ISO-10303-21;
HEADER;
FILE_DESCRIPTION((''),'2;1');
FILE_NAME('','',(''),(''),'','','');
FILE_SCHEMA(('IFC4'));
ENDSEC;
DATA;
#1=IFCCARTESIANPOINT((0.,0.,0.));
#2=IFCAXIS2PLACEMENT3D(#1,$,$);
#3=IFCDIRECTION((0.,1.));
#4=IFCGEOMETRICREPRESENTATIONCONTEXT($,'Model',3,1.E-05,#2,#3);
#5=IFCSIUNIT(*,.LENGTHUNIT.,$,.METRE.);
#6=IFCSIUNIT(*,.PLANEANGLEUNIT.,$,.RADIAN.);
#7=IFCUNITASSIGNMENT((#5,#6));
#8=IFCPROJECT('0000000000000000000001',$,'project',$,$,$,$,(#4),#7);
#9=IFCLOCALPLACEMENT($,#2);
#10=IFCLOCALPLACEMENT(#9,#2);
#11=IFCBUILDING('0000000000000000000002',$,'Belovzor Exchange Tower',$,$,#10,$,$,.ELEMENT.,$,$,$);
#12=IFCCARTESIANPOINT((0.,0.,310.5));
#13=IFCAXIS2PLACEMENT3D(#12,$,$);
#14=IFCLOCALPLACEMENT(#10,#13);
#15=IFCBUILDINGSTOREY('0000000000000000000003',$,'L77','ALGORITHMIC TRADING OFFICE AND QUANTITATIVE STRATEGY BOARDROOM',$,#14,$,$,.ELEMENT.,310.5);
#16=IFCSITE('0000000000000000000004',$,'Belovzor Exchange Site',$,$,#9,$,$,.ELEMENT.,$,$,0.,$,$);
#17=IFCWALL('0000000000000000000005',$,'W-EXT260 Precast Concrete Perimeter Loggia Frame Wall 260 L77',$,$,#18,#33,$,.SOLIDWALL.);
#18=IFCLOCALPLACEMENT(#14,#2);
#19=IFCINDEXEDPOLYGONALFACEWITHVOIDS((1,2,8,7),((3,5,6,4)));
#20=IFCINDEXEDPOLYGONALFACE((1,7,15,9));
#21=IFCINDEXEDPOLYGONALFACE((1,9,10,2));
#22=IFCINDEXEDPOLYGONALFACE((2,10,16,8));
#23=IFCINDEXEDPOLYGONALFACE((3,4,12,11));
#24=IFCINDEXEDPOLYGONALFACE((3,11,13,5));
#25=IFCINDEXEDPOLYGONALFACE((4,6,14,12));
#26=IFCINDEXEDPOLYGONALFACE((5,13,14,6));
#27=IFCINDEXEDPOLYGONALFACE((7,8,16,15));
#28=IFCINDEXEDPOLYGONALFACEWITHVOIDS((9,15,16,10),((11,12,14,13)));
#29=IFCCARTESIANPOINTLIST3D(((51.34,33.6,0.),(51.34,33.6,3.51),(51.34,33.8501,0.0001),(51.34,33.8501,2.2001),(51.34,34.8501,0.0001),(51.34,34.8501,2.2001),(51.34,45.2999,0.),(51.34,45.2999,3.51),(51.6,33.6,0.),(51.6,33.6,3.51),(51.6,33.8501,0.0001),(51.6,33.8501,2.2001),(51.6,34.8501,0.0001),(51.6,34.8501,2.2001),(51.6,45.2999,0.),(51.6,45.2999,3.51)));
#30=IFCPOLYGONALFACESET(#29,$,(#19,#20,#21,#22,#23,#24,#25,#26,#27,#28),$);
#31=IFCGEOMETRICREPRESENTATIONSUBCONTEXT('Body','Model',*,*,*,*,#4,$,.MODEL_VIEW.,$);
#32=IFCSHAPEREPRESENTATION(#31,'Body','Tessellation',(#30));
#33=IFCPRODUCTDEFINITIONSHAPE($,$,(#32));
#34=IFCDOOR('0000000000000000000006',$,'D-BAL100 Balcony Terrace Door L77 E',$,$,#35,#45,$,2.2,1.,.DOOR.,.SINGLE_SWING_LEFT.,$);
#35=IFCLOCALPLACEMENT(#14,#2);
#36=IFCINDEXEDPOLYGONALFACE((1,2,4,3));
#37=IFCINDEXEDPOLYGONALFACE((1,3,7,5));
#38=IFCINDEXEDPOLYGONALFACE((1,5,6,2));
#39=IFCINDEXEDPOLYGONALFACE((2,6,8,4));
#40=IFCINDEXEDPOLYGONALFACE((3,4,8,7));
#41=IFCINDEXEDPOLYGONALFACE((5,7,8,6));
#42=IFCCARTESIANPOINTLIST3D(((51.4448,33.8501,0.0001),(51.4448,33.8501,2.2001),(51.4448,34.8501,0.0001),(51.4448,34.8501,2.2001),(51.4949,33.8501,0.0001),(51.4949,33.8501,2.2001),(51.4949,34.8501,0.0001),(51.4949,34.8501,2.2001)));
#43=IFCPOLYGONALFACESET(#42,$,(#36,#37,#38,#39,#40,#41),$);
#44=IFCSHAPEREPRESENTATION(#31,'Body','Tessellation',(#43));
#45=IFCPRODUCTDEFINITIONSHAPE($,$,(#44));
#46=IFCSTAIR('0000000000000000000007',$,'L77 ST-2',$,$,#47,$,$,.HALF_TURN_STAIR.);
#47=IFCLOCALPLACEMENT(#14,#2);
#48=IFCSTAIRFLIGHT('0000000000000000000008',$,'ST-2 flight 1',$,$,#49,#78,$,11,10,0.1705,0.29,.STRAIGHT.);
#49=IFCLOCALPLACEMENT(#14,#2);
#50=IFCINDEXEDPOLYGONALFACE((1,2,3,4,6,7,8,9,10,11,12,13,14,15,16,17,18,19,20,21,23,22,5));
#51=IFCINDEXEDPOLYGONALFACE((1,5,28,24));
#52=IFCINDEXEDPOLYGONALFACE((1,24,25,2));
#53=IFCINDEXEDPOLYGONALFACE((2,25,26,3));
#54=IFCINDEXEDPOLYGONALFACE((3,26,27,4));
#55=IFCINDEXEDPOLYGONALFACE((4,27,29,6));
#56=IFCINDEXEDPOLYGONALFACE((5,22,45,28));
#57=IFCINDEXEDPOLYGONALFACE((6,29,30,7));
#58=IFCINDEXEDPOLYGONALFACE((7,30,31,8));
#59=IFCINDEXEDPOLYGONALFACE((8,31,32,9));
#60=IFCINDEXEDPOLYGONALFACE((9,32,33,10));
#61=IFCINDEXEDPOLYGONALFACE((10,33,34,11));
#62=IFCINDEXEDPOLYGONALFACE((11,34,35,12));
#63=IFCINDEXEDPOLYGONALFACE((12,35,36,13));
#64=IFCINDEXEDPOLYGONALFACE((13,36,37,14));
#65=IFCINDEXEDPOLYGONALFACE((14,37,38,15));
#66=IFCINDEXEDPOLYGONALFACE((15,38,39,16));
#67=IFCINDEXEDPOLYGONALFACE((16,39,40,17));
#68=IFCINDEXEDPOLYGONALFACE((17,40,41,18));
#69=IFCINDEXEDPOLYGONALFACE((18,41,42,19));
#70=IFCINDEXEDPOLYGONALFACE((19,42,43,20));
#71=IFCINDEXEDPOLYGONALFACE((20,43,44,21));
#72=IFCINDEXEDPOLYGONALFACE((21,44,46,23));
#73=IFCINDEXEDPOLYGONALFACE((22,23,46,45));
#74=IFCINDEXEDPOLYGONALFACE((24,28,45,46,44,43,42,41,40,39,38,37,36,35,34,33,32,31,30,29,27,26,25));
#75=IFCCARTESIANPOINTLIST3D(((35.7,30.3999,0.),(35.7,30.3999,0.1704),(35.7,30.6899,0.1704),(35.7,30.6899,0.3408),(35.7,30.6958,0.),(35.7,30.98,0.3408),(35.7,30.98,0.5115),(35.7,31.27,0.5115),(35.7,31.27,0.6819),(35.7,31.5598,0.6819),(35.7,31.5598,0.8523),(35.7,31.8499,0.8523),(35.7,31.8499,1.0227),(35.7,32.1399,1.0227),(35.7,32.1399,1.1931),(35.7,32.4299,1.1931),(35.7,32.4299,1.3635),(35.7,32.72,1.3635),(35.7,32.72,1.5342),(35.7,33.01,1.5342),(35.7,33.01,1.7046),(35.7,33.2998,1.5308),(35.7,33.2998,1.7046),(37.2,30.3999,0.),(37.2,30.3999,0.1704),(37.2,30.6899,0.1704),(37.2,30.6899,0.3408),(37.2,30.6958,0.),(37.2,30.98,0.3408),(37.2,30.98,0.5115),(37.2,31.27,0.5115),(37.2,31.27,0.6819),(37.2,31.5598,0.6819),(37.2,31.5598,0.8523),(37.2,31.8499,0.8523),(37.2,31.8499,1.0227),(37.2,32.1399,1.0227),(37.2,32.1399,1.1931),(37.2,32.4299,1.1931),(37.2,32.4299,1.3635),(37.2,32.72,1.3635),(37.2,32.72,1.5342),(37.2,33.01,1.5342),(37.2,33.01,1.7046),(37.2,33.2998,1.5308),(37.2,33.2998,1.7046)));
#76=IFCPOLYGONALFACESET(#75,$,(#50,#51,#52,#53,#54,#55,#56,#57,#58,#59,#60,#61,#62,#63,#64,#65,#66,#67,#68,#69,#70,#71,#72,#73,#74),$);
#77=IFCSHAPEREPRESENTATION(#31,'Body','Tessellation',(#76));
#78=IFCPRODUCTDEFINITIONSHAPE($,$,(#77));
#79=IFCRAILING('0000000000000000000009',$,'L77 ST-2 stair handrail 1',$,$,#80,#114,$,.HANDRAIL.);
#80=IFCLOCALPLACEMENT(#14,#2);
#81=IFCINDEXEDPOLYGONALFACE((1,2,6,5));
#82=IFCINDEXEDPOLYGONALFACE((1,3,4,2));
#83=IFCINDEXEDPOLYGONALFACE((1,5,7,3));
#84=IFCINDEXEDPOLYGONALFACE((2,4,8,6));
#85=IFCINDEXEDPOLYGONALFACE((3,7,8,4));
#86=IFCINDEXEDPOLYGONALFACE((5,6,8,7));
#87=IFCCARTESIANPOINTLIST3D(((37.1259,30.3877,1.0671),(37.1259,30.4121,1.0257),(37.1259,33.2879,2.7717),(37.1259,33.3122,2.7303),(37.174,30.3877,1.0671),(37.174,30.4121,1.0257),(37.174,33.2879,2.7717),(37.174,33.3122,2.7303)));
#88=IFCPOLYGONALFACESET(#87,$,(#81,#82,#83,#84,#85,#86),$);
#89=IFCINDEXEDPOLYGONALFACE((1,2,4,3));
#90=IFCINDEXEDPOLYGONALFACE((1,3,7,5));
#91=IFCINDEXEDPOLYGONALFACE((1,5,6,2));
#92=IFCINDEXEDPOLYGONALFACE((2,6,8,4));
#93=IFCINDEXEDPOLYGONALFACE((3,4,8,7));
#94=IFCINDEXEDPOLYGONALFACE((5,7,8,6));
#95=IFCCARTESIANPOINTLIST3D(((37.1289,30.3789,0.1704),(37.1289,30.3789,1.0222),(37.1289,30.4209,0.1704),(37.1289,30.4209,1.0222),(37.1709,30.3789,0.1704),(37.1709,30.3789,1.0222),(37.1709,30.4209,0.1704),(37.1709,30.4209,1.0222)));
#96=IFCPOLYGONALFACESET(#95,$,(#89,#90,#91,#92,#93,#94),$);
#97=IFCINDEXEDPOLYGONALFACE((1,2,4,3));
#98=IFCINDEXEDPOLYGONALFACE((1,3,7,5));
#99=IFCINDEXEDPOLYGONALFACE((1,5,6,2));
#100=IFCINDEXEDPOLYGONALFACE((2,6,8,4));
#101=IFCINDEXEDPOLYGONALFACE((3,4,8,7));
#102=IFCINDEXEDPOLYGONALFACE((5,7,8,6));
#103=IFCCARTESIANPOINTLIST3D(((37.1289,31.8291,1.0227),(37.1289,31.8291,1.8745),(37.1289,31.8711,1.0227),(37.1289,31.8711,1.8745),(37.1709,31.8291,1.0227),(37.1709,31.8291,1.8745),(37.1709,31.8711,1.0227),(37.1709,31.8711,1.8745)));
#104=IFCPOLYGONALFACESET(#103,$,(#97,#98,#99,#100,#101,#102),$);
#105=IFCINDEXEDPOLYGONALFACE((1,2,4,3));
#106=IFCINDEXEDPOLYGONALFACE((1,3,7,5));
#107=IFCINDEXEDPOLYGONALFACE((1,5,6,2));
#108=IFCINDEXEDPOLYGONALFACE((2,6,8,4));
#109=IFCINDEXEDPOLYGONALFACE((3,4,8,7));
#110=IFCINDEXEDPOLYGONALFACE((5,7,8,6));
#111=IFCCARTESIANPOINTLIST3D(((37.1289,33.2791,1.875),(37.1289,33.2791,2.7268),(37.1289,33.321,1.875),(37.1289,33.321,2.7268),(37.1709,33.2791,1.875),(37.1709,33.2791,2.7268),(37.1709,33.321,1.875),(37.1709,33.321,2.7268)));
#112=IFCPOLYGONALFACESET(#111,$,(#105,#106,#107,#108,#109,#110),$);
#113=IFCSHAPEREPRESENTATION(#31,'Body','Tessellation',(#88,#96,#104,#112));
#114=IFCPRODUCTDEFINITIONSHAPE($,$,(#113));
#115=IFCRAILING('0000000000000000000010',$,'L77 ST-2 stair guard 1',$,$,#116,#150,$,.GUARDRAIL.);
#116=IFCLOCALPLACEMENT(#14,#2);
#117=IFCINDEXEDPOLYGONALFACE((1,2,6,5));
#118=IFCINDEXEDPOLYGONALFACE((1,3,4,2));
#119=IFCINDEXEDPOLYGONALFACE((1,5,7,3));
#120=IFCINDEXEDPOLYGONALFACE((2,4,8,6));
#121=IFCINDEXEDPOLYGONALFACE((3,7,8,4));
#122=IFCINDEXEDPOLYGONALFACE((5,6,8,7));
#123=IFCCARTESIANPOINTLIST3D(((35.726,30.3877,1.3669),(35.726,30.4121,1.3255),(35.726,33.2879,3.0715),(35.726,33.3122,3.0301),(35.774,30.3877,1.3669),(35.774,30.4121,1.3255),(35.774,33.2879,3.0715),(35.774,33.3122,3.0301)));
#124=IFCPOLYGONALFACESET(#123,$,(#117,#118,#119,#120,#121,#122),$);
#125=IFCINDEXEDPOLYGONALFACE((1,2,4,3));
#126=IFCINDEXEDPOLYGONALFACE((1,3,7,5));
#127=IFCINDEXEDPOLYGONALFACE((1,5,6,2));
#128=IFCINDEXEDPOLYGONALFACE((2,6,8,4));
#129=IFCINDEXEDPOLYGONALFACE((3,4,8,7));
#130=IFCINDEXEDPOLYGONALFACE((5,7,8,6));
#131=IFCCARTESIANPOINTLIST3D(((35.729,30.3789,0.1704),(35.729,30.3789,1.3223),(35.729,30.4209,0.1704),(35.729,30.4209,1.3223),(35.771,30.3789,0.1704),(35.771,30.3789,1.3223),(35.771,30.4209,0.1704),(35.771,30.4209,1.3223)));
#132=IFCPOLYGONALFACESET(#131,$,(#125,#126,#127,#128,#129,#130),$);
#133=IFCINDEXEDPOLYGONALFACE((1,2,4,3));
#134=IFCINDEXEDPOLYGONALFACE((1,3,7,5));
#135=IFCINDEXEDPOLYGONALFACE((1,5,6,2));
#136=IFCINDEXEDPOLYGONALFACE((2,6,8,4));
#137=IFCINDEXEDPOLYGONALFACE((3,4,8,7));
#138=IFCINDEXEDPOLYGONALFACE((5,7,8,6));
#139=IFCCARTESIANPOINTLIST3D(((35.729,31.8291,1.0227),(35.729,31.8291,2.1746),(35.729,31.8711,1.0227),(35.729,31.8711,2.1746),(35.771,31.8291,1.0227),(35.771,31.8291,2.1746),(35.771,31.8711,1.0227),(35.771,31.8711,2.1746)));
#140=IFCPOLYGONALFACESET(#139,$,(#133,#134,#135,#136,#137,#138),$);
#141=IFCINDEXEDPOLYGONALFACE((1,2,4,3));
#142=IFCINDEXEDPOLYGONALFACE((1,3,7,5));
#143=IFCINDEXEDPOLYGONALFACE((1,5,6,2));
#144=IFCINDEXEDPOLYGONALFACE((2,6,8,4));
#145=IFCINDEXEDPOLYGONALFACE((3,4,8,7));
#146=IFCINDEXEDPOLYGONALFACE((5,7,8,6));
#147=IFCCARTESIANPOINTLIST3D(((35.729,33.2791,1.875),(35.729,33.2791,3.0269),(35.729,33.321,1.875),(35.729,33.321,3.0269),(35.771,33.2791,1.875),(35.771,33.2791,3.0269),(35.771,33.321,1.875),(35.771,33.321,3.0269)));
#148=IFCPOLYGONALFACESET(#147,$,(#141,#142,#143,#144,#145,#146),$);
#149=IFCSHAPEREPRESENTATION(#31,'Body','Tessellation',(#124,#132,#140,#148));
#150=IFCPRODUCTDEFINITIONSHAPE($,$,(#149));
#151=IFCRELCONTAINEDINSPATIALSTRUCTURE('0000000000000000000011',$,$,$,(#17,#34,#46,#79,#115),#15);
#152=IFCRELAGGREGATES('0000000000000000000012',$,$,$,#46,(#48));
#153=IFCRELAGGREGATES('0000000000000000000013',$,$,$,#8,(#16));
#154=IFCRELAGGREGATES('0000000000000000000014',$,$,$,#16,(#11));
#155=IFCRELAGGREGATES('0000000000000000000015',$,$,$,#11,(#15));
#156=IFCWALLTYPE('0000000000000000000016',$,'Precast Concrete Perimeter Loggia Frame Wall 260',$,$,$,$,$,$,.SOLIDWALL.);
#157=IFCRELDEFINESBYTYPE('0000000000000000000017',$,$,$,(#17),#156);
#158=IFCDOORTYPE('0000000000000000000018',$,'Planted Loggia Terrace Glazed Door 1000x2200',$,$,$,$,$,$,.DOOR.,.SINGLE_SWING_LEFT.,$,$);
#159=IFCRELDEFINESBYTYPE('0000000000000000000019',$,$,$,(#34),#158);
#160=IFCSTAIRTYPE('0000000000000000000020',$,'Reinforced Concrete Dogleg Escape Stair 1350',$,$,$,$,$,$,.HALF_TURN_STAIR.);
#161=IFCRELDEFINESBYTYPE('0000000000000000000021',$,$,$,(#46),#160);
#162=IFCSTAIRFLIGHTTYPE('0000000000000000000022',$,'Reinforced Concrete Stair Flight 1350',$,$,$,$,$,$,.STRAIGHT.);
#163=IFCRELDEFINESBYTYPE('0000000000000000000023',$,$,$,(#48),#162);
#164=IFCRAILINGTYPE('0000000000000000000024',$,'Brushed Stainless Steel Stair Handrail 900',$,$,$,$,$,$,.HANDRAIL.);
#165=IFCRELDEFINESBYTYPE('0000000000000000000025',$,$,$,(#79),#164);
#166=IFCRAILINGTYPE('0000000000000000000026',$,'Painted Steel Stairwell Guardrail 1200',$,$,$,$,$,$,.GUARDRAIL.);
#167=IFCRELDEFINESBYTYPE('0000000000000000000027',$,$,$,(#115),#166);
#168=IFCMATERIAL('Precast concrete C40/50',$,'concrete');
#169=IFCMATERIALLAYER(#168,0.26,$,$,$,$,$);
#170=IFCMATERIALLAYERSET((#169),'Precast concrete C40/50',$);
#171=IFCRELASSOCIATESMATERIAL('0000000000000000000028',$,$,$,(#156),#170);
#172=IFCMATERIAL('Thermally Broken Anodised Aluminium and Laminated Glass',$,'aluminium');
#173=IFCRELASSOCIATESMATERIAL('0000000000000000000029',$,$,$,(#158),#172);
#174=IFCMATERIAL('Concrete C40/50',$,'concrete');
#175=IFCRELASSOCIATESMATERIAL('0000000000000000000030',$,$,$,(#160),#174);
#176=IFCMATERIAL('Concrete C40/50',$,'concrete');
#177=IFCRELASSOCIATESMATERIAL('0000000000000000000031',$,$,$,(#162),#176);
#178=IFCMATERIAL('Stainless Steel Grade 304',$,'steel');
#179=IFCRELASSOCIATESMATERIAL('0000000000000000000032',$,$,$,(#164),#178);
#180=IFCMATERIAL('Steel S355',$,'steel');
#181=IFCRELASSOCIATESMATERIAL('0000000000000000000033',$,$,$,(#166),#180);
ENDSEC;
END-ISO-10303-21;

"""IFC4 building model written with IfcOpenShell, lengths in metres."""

from ifc_helpers import new_model, si_unit, direction, frame, frame_2d, origin, origin_2d, place, context, subcontext, project, spatial, polyline, rectangle, outline, extrude, material, layer, layer_set, type_object, element, fill, aggregate, save


model = new_model("IFC4")

# Units and contexts
model_context = context("Model", 3, precision=1e-05, world=origin(), true_north=direction((0.0, 1.0)))
body_context = subcontext(model_context, "Body", "Model", "MODEL_VIEW")
ifc_project = project(units=[si_unit("LENGTHUNIT", "METRE"), si_unit("PLANEANGLEUNIT", "RADIAN")], contexts=[model_context])

# Site, building, storey
site_placement = place(None, origin())
site = spatial("IfcSite", under=ifc_project, at=site_placement, Name="Belovzor Exchange Site", CompositionType="ELEMENT", RefElevation=0.0)
building_placement = place(site_placement, origin())
building = spatial("IfcBuilding", under=site, at=building_placement, Name="Belovzor Exchange Tower", CompositionType="ELEMENT")
storey_placement = place(building_placement, frame((0.0, 0.0, 310.5)))
storey = spatial("IfcBuildingStorey", under=building, at=storey_placement, Name="L77", Description="ALGORITHMIC TRADING OFFICE AND QUANTITATIVE STRATEGY BOARDROOM", CompositionType="ELEMENT", Elevation=310.5)

# Wall, opening, door
ifc_material_1 = material(Name="Precast concrete C40/50", Category="concrete")
ifc_layer_1 = layer(ifc_material_1, 0.26)
ifc_layer_set_1 = layer_set([ifc_layer_1], Name="Precast concrete C40/50")
wall_type_1 = type_object("IfcWallType", Name="Precast Concrete Perimeter Loggia Frame Wall 260", PredefinedType="SOLIDWALL", material=ifc_layer_set_1)
wall_1_placement = place(storey_placement, frame((51.47, 45.3, 0.0), z_axis=(0.0, 0.0, 1.0), x_axis=(0.0, -1.0, 0.0)))
wall_1 = element("IfcWall", 1, at=wall_1_placement, inside=storey, type_object=wall_type_1, Name="W-EXT260 Precast Concrete Perimeter Loggia Frame Wall 260 L77", PredefinedType="SOLIDWALL", context=body_context, shape_type="SweptSolid", body=[
    extrude(rectangle(XDim=11.7, YDim=0.26, at=frame_2d((5.8501, 0.0))), origin(), (0.0, 0.0, 1.0), 3.51),
])
opening_1_placement = place(wall_1_placement, frame((10.45, 0.0, 0.0)))
opening_1 = element("IfcOpeningElement", 2, at=opening_1_placement, cuts=wall_1, PredefinedType="OPENING", context=body_context, shape_type="SweptSolid", body=[
    extrude(rectangle(XDim=1.0, YDim=2.2, at=frame_2d((0.5, 1.1001))), frame((0.0, 0.1399, 0.0), z_axis=(0.0, -1.0, 0.0), x_axis=(1.0, 0.0, 0.0)), (0.0, 0.0, 1.0), 0.28),
])
ifc_material_2 = material(Name="Thermally Broken Anodised Aluminium and Laminated Glass", Category="aluminium")
door_type = type_object("IfcDoorType", Name="Planted Loggia Terrace Glazed Door 1000x2200", OperationType="SINGLE_SWING_LEFT", PredefinedType="DOOR", material=ifc_material_2)
door_placement = place(opening_1_placement, origin())
door = element("IfcDoor", 3, at=door_placement, inside=storey, type_object=door_type, Name="D-BAL100 Balcony Terrace Door L77 E", OperationType="SINGLE_SWING_LEFT", OverallHeight=2.2, OverallWidth=1.0, PredefinedType="DOOR", context=body_context, shape_type="SweptSolid", body=[
    extrude(rectangle(XDim=1.0, YDim=2.2, at=frame_2d((0.5, 1.1001))), frame((0.0, 0.0249, 0.0), z_axis=(0.0, -1.0, 0.0), x_axis=(1.0, 0.0, 0.0)), (0.0, 0.0, 1.0), 0.05),
])
fill(opening_1, door)

# Stair, stair flight
ifc_material_3 = material(Name="Concrete C40/50", Category="concrete")
stair_type = type_object("IfcStairType", Name="Reinforced Concrete Dogleg Escape Stair 1350", PredefinedType="HALF_TURN_STAIR", material=ifc_material_3)
stair_placement = place(storey_placement, origin())
stair = element("IfcStair", 4, at=stair_placement, inside=storey, type_object=stair_type, Name="L77 ST-2", PredefinedType="HALF_TURN_STAIR")
ifc_material_4 = material(Name="Concrete C40/50", Category="concrete")
stair_flight_type = type_object("IfcStairFlightType", Name="Reinforced Concrete Stair Flight 1350", PredefinedType="STRAIGHT", material=ifc_material_4)
stair_flight_placement = place(storey_placement, frame((36.45, 30.3999, 0.0), z_axis=(0.0, 0.0, 1.0), x_axis=(0.0, 1.0, 0.0)))
stair_flight = element("IfcStairFlight", 5, at=stair_flight_placement, type_object=stair_flight_type, Name="ST-2 flight 1", NumberOfRisers=11, NumberOfTreads=10, PredefinedType="STRAIGHT", RiserHeight=0.1705, TreadLength=0.29, context=body_context, shape_type="SweptSolid", body=[
    extrude(outline(polyline([(0.0, 0.0), (0.0, 0.1704), (0.29, 0.1704), (0.29, 0.3408), (0.5801, 0.3408), (0.5801, 0.5115), (0.8701, 0.5115), (0.8701, 0.6819), (1.1599, 0.6819), (1.1599, 0.8523), (1.45, 0.8523), (1.45, 1.0227), (1.74, 1.0227), (1.74, 1.1931), (2.03, 1.1931), (2.03, 1.3635), (2.3201, 1.3635), (2.3201, 1.5342), (2.6101, 1.5342), (2.6101, 1.7046), (2.8999, 1.7046), (2.8999, 1.875), (2.8999, 1.5308), (0.2959, 0.0), (0.0, 0.0)])), frame((0.0, 0.75, 0.0), z_axis=(0.0, -1.0, 0.0), x_axis=(1.0, 0.0, 0.0)), (0.0, 0.0, 1.0), 1.5),
])
aggregate(stair, [stair_flight])

# Railings
ifc_material_5 = material(Name="Stainless Steel Grade 304", Category="steel")
railing_type_1 = type_object("IfcRailingType", Name="Brushed Stainless Steel Stair Handrail 900", PredefinedType="HANDRAIL", material=ifc_material_5)
railing_1_placement = place(storey_placement, frame((37.1499, 30.3999, 0.1704)))
element("IfcRailing", 6, at=railing_1_placement, inside=storey, type_object=railing_type_1, Name="L77 ST-2 stair handrail 1", PredefinedType="HANDRAIL", context=body_context, shape_type="SweptSolid", body=[
    extrude(rectangle(XDim=0.0481, YDim=0.0481, at=origin_2d()), frame((0.0, 0.0, 0.876), z_axis=(0.0, 0.862113, 0.506716), x_axis=(-1.0, 0.0, 0.0)), (0.0, 0.0, 1.0), 3.364),
    extrude(rectangle(XDim=0.042, YDim=0.042, at=origin_2d()), origin(), (0.0, 0.0, 1.0), 0.8518),
    extrude(rectangle(XDim=0.042, YDim=0.042, at=origin_2d()), frame((0.0, 1.4502, 0.8523)), (0.0, 0.0, 1.0), 0.8518),
    extrude(rectangle(XDim=0.042, YDim=0.042, at=origin_2d()), frame((0.0, 2.9001, 1.7046)), (0.0, 0.0, 1.0), 0.8518),
])
ifc_material_6 = material(Name="Steel S355", Category="steel")
railing_type_2 = type_object("IfcRailingType", Name="Painted Steel Stairwell Guardrail 1200", PredefinedType="GUARDRAIL", material=ifc_material_6)
railing_2_placement = place(storey_placement, frame((35.75, 30.3999, 0.1704)))
element("IfcRailing", 7, at=railing_2_placement, inside=storey, type_object=railing_type_2, Name="L77 ST-2 stair guard 1", PredefinedType="GUARDRAIL", context=body_context, shape_type="SweptSolid", body=[
    extrude(rectangle(XDim=0.0481, YDim=0.0481, at=origin_2d()), frame((0.0, 0.0, 1.1758), z_axis=(0.0, 0.862113, 0.506716), x_axis=(-1.0, 0.0, 0.0)), (0.0, 0.0, 1.0), 3.364),
    extrude(rectangle(XDim=0.042, YDim=0.042, at=origin_2d()), origin(), (0.0, 0.0, 1.0), 1.1519),
    extrude(rectangle(XDim=0.042, YDim=0.042, at=origin_2d()), frame((0.0, 1.4502, 0.8523)), (0.0, 0.0, 1.0), 1.1519),
    extrude(rectangle(XDim=0.042, YDim=0.042, at=origin_2d()), frame((0.0, 2.9001, 1.7046)), (0.0, 0.0, 1.0), 1.1519),
])

save(model, "model.ifc")
